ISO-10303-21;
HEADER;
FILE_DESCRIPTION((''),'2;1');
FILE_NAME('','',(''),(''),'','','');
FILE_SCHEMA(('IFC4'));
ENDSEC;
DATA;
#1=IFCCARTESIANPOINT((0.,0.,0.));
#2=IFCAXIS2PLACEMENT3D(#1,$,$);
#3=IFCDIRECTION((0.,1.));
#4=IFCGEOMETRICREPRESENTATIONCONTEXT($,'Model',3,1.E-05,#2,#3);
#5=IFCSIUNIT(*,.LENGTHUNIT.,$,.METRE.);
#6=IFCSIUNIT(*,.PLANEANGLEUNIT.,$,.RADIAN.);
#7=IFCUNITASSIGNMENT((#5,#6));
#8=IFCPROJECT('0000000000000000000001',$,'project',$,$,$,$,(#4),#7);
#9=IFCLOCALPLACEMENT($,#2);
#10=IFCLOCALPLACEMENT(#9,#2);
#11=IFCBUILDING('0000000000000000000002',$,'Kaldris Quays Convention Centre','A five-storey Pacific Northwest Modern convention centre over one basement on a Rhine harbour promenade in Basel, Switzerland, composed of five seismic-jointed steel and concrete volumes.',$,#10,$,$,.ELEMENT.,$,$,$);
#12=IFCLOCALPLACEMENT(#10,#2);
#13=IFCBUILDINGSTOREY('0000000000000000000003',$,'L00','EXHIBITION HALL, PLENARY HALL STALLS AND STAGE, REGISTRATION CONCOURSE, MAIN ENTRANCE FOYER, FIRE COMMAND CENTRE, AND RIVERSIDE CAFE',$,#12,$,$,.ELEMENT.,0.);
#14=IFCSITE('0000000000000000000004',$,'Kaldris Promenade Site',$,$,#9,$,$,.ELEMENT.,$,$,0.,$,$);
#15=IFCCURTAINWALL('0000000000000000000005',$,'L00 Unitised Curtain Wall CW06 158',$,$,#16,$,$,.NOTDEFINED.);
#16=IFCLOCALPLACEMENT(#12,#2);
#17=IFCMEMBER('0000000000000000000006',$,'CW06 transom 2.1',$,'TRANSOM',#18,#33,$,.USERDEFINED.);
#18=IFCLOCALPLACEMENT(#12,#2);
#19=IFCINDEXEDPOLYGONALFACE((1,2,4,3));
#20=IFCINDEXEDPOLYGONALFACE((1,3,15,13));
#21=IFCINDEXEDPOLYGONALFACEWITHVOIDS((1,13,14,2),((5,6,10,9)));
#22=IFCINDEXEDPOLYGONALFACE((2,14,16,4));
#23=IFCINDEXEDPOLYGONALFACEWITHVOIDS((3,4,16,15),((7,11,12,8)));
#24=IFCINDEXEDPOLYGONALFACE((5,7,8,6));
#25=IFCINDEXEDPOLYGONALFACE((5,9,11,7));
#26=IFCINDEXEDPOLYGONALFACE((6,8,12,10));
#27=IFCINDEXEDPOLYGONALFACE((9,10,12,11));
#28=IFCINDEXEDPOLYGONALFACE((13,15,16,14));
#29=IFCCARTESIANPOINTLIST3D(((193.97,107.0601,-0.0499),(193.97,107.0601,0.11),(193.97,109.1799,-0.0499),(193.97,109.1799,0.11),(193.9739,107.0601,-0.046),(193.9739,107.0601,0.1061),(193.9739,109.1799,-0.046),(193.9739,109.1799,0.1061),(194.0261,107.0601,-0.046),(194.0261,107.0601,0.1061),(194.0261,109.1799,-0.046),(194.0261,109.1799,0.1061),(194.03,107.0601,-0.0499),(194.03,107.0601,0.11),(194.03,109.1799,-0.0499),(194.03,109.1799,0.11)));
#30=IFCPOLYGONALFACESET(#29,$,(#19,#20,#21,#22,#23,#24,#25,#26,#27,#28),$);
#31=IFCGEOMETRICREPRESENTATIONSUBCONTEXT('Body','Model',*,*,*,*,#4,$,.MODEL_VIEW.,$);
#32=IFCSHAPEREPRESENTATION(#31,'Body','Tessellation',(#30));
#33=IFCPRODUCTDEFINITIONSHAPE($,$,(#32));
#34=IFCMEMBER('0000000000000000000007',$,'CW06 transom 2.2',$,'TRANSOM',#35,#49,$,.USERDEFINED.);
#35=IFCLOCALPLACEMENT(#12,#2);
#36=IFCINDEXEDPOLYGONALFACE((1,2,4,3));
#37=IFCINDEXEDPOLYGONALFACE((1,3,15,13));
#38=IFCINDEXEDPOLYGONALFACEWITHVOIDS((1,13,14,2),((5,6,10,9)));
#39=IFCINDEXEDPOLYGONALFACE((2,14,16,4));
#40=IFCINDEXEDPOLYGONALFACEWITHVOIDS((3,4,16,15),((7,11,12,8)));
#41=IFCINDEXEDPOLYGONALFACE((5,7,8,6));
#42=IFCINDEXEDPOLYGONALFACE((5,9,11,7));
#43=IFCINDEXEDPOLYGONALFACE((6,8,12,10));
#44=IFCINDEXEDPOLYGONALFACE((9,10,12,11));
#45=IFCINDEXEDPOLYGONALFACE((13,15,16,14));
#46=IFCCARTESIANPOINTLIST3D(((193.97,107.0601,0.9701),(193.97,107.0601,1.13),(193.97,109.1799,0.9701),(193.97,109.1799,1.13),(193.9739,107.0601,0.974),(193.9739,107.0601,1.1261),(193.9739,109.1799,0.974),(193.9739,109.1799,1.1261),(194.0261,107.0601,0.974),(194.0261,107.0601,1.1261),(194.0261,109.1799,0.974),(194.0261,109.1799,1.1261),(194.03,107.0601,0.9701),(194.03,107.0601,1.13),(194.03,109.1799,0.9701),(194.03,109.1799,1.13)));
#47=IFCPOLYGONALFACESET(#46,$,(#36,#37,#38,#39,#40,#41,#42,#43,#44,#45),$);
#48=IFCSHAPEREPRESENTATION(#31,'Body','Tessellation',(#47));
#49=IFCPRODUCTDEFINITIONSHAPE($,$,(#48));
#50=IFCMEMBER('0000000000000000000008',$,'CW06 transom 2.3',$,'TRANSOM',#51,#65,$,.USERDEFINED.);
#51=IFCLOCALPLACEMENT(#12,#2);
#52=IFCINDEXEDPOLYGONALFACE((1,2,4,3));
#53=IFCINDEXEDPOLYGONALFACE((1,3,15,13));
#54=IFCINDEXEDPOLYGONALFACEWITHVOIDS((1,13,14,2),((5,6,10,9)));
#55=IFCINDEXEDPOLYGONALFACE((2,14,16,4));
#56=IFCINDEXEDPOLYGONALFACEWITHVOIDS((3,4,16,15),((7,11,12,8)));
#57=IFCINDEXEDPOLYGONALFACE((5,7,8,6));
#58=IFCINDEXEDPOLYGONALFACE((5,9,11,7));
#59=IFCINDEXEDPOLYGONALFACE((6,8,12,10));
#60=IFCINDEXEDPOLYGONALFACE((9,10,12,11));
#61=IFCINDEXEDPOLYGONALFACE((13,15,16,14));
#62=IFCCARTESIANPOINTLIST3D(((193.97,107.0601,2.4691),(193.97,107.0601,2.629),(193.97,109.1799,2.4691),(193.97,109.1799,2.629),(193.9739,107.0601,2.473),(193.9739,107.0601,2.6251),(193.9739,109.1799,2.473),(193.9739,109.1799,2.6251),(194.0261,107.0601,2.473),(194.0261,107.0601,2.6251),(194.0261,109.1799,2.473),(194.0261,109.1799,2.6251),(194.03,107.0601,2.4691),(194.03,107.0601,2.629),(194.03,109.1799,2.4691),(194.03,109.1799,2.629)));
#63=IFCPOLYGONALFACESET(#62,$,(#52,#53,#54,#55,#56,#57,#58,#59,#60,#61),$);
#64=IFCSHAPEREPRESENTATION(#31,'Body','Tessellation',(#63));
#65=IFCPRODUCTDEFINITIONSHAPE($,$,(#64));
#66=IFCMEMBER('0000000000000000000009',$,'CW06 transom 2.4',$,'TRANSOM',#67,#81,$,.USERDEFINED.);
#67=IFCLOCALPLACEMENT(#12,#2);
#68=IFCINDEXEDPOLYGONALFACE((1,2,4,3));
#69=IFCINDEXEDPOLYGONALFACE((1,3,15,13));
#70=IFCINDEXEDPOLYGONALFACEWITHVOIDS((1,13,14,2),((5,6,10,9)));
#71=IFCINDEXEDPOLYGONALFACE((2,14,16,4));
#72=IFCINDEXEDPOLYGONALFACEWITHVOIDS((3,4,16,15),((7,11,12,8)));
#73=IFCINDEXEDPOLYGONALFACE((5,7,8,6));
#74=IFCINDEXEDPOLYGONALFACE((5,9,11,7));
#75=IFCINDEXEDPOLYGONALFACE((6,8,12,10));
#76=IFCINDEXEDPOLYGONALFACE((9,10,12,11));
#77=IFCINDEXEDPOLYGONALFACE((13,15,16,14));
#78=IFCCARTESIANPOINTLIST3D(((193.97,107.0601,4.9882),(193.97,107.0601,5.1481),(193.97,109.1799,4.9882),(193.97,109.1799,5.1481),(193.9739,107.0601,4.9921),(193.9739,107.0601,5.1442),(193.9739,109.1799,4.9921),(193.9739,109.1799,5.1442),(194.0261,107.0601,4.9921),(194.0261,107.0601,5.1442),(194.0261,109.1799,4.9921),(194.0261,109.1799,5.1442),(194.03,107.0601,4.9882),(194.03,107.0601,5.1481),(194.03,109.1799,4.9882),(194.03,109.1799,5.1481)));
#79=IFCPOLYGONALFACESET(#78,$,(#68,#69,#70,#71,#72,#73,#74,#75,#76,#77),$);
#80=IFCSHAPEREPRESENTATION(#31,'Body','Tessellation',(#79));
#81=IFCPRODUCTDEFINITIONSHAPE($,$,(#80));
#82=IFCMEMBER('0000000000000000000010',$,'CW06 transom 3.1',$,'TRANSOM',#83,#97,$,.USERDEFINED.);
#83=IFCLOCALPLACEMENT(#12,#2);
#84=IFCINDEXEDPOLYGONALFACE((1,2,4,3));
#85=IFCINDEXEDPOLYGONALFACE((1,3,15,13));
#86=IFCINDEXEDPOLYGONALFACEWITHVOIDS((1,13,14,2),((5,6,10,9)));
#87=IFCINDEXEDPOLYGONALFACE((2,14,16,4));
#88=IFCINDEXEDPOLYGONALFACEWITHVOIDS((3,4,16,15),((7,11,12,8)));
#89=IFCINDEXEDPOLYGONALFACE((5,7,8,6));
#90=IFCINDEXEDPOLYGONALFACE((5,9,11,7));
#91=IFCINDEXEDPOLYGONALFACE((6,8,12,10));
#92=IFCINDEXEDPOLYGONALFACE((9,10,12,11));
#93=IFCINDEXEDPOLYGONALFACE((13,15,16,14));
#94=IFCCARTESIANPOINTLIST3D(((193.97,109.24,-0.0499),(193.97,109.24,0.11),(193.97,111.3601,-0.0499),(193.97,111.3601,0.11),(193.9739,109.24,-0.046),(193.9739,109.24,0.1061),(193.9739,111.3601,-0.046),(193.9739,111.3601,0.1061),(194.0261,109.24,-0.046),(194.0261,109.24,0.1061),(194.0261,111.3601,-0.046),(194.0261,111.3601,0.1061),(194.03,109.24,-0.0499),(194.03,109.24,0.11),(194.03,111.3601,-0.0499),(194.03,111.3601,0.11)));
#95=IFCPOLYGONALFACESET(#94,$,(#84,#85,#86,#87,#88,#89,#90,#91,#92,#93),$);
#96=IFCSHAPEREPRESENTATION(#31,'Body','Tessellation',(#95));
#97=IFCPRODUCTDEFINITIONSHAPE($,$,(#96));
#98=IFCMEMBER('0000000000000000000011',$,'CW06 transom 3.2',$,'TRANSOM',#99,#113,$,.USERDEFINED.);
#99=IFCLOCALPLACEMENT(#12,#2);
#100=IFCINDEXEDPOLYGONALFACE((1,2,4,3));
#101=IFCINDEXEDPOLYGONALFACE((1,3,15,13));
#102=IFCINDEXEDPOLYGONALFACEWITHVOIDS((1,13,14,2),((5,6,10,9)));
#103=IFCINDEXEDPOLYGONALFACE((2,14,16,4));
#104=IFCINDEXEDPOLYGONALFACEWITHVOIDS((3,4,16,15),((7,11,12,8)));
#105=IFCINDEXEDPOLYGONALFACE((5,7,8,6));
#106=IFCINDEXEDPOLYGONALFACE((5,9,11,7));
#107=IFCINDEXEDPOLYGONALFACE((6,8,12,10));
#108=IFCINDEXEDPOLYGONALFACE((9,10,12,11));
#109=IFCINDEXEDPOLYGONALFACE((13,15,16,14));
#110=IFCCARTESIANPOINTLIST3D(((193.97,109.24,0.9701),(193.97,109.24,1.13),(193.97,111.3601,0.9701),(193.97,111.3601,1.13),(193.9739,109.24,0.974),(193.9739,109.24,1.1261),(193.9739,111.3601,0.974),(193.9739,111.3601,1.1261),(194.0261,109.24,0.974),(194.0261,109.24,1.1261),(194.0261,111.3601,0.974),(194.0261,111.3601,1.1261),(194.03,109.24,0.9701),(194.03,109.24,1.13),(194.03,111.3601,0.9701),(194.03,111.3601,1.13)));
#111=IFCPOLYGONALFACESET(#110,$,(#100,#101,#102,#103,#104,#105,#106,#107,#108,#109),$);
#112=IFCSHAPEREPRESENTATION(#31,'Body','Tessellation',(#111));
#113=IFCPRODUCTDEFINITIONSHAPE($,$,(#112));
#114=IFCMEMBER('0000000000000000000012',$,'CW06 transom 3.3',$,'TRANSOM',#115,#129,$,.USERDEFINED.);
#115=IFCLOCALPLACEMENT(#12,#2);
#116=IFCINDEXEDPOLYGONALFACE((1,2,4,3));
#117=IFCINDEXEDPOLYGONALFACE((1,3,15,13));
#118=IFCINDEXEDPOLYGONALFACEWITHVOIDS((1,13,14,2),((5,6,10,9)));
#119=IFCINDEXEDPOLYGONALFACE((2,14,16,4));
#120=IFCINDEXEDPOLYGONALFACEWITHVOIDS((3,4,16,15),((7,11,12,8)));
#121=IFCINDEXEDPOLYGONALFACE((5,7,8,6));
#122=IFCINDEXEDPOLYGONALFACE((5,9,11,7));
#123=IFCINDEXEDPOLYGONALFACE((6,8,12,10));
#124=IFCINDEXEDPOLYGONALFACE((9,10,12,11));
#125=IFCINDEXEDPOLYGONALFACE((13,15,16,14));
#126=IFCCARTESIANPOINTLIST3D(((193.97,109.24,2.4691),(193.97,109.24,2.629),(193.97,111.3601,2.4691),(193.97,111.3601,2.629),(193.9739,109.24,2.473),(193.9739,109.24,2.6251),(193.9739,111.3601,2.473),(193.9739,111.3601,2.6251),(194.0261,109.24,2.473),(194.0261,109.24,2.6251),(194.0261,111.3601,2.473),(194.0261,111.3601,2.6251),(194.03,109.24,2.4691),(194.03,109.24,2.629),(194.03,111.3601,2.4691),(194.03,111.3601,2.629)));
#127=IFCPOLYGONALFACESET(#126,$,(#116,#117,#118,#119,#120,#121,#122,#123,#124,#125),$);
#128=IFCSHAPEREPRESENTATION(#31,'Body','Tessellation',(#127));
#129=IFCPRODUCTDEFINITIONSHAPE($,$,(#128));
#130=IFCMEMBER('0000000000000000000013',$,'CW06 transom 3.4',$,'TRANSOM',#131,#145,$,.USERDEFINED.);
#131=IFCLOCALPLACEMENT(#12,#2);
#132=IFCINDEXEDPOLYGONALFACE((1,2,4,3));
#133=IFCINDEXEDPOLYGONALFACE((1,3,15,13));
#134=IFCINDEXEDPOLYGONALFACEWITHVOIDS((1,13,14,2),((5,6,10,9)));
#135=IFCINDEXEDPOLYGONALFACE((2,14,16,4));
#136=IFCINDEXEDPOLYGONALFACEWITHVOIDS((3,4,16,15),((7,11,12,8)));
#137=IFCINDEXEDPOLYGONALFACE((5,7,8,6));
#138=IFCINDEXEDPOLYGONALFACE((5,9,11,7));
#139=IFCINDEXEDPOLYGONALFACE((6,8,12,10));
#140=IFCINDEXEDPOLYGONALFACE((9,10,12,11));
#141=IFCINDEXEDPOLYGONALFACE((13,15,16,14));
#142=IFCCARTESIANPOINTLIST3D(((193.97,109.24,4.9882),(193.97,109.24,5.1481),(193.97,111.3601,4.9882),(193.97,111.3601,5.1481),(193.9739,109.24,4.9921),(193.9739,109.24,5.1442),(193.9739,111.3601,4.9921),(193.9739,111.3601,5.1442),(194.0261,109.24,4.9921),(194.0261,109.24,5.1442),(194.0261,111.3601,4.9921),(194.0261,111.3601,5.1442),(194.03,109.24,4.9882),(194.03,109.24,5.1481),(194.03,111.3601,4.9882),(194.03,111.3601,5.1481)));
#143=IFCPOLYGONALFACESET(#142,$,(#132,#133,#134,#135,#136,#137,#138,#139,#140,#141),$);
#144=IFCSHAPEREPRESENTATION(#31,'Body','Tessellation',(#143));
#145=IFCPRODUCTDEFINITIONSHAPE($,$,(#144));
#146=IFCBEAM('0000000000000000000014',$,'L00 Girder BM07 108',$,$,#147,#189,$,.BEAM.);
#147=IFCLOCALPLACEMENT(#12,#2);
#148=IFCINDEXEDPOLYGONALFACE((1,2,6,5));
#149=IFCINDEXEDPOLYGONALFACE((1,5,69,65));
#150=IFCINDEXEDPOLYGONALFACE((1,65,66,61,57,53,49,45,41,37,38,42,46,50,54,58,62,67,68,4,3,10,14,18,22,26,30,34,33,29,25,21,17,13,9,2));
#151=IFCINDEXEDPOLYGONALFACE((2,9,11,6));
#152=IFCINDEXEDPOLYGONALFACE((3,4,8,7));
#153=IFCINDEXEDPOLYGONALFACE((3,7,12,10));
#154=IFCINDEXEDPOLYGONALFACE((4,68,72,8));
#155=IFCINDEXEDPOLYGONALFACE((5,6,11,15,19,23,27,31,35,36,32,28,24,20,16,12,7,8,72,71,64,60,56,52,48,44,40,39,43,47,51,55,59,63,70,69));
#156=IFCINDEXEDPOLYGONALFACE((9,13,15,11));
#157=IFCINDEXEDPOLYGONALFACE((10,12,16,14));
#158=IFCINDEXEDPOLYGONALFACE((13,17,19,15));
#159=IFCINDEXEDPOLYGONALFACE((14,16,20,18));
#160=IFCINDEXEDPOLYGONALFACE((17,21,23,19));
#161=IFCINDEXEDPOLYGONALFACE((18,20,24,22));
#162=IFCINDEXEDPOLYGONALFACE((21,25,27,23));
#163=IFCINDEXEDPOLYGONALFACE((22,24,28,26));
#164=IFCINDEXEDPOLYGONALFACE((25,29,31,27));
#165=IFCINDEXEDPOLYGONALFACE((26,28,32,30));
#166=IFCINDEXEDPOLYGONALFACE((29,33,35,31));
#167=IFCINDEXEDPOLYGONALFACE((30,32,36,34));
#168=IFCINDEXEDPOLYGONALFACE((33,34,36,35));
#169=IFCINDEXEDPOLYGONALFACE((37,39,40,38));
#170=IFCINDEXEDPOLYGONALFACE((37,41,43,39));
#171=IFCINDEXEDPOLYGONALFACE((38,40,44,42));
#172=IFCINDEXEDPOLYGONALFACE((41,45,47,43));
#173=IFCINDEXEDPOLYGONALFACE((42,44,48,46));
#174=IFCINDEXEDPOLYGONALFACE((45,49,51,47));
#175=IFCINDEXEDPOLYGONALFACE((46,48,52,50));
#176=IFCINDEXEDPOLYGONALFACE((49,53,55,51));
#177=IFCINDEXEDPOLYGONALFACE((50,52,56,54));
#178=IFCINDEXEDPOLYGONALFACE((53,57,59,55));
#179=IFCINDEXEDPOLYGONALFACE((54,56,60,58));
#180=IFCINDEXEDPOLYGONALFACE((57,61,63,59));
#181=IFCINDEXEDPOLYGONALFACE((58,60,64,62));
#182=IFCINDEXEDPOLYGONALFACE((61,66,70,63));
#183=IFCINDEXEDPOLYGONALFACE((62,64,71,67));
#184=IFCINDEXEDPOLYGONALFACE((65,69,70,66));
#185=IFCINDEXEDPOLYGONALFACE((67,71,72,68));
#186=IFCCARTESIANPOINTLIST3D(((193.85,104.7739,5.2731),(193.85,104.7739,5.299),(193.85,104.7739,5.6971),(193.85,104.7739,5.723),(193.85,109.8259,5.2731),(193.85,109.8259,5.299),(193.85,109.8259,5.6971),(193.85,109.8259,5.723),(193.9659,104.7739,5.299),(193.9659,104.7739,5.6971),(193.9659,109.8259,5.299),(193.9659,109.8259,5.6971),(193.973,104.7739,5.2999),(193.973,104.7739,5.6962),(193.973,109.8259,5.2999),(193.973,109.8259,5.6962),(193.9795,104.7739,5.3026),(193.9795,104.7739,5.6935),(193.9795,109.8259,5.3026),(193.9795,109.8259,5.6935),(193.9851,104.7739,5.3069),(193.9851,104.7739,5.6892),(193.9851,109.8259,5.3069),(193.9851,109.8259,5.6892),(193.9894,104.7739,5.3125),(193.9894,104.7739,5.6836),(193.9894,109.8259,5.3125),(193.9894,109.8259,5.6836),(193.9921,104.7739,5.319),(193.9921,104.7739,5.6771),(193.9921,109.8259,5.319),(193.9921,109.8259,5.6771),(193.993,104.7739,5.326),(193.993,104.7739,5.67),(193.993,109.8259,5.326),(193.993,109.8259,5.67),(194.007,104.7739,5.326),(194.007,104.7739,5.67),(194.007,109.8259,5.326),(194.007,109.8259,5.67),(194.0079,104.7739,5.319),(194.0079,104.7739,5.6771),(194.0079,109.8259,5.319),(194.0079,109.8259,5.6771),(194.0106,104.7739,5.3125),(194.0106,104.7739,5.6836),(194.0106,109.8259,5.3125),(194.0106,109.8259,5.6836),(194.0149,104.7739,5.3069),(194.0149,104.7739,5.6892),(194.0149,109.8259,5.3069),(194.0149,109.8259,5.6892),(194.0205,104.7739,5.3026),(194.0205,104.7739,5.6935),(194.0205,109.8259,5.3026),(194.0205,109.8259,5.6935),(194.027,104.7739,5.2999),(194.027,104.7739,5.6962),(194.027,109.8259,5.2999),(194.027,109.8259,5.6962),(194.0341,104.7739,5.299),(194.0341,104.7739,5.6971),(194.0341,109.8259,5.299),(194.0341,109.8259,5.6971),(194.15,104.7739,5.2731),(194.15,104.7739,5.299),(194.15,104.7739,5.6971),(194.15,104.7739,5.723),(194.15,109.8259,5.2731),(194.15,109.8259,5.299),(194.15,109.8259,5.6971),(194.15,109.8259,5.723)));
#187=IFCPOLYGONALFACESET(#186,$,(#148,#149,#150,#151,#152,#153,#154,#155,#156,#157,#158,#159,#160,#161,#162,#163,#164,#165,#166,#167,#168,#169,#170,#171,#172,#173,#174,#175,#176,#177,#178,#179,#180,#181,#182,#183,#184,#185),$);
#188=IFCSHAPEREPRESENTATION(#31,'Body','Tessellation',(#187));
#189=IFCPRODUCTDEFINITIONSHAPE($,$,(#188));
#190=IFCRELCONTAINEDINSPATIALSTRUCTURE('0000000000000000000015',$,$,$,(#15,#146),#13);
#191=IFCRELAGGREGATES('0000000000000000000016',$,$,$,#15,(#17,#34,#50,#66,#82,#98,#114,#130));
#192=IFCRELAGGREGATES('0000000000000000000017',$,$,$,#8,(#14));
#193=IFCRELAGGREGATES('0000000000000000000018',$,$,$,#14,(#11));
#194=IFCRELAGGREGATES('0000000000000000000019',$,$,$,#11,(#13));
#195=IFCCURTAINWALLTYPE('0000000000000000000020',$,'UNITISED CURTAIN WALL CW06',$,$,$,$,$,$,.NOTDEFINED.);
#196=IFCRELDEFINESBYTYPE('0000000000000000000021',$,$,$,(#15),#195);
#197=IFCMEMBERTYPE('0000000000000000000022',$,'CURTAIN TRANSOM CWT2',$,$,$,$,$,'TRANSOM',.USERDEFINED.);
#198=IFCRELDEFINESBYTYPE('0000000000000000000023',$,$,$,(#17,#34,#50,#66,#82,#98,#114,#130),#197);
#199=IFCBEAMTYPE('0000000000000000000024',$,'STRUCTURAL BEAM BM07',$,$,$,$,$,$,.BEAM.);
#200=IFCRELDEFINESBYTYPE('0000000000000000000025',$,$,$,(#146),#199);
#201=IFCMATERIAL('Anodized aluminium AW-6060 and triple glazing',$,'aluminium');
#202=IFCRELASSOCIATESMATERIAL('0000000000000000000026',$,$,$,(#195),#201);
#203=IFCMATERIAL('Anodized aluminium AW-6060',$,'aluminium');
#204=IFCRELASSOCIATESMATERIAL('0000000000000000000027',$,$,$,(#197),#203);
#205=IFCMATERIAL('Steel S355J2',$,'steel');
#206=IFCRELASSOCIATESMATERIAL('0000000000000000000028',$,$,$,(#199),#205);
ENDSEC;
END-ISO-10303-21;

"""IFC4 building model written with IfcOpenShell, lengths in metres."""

from ifc_helpers import new_model, si_unit, direction, frame, origin, origin_2d, place, context, subcontext, project, spatial, hollow_rectangle, i_section, extrude, material, material_profile, profile_set, type_object, element, aggregate, save


model = new_model("IFC4")

# Units and contexts
model_context = context("Model", 3, precision=1e-05, world=origin(), true_north=direction((0.0, 1.0)))
body_context = subcontext(model_context, "Body", "Model", "MODEL_VIEW")
ifc_project = project(units=[si_unit("LENGTHUNIT", "METRE"), si_unit("PLANEANGLEUNIT", "RADIAN")], contexts=[model_context])

# Site, building, storey
site_placement = place(None, origin())
site = spatial("IfcSite", under=ifc_project, at=site_placement, Name="Kaldris Promenade Site", CompositionType="ELEMENT", RefElevation=0.0)
building_placement = place(site_placement, origin())
building = spatial("IfcBuilding", under=site, at=building_placement, Name="Kaldris Quays Convention Centre", Description="A five-storey Pacific Northwest Modern convention centre over one basement on a Rhine harbour promenade in Basel, Switzerland, composed of five seismic-jointed steel and concrete volumes.", CompositionType="ELEMENT")
storey_placement = place(building_placement, origin())
storey = spatial("IfcBuildingStorey", under=building, at=storey_placement, Name="L00", Description="EXHIBITION HALL, PLENARY HALL STALLS AND STAGE, REGISTRATION CONCOURSE, MAIN ENTRANCE FOYER, FIRE COMMAND CENTRE, AND RIVERSIDE CAFE", CompositionType="ELEMENT", Elevation=0.0)

# Shared definitions
ifc_material_1 = material(Name="Steel S355J2", Category="steel")

# Shared definitions
ifc_material_2 = material(Name="Anodized aluminium AW-6060 and triple glazing", Category="aluminium")
curtain_wall_type = type_object("IfcCurtainWallType", Name="UNITISED CURTAIN WALL CW06", PredefinedType="NOTDEFINED", material=ifc_material_2)
ifc_material_3 = material(Name="Anodized aluminium AW-6060", Category="aluminium")

# Curtain wall, members
curtain_wall_1_placement = place(storey_placement, origin())
curtain_wall_1 = element("IfcCurtainWall", 1, at=curtain_wall_1_placement, inside=storey, type_object=curtain_wall_type, Name="L00 Unitised Curtain Wall CW06 158", PredefinedType="NOTDEFINED")
ifc_material_profile_1 = material_profile(ifc_material_3, hollow_rectangle(XDim=0.0601, YDim=0.1599, WallThickness=0.0039, at=origin_2d()), Name="RHS 160x60x4")
ifc_profile_set_1 = profile_set([ifc_material_profile_1], Name="Anodized aluminium AW-6060")
member_type_1 = type_object("IfcMemberType", Name="CURTAIN TRANSOM CWT2", ElementType="TRANSOM", PredefinedType="USERDEFINED", material=ifc_profile_set_1)
member_1_placement = place(storey_placement, frame((194.0, 107.0601, 0.03), z_axis=(0.0, 1.0, 0.0), x_axis=(-1.0, 0.0, 0.0)))
member_1 = element("IfcMember", 2, at=member_1_placement, type_object=member_type_1, Name="CW06 transom 2.1", ObjectType="TRANSOM", PredefinedType="USERDEFINED", context=body_context, shape_type="SweptSolid", body=[
    extrude(hollow_rectangle(XDim=0.0601, YDim=0.1599, WallThickness=0.0039, at=origin_2d()), origin(), (0.0, 0.0, 1.0), 2.1199),
])
member_2_placement = place(storey_placement, frame((194.0, 107.0601, 1.05), z_axis=(0.0, 1.0, 0.0), x_axis=(-1.0, 0.0, 0.0)))
member_2 = element("IfcMember", 3, at=member_2_placement, type_object=member_type_1, Name="CW06 transom 2.2", ObjectType="TRANSOM", PredefinedType="USERDEFINED", context=body_context, shape_type="SweptSolid", body=[
    extrude(hollow_rectangle(XDim=0.0601, YDim=0.1599, WallThickness=0.0039, at=origin_2d()), origin(), (0.0, 0.0, 1.0), 2.1199),
])
member_3_placement = place(storey_placement, frame((194.0, 107.0601, 2.5491), z_axis=(0.0, 1.0, 0.0), x_axis=(-1.0, 0.0, 0.0)))
member_3 = element("IfcMember", 4, at=member_3_placement, type_object=member_type_1, Name="CW06 transom 2.3", ObjectType="TRANSOM", PredefinedType="USERDEFINED", context=body_context, shape_type="SweptSolid", body=[
    extrude(hollow_rectangle(XDim=0.0601, YDim=0.1599, WallThickness=0.0039, at=origin_2d()), origin(), (0.0, 0.0, 1.0), 2.1199),
])
member_4_placement = place(storey_placement, frame((194.0, 107.0601, 5.0681), z_axis=(0.0, 1.0, 0.0), x_axis=(-1.0, 0.0, 0.0)))
member_4 = element("IfcMember", 5, at=member_4_placement, type_object=member_type_1, Name="CW06 transom 2.4", ObjectType="TRANSOM", PredefinedType="USERDEFINED", context=body_context, shape_type="SweptSolid", body=[
    extrude(hollow_rectangle(XDim=0.0601, YDim=0.1599, WallThickness=0.0039, at=origin_2d()), origin(), (0.0, 0.0, 1.0), 2.1199),
])
member_5_placement = place(storey_placement, frame((194.0, 109.24, 0.03), z_axis=(0.0, 1.0, 0.0), x_axis=(-1.0, 0.0, 0.0)))
member_5 = element("IfcMember", 6, at=member_5_placement, type_object=member_type_1, Name="CW06 transom 3.1", ObjectType="TRANSOM", PredefinedType="USERDEFINED", context=body_context, shape_type="SweptSolid", body=[
    extrude(hollow_rectangle(XDim=0.0601, YDim=0.1599, WallThickness=0.0039, at=origin_2d()), origin(), (0.0, 0.0, 1.0), 2.1201),
])
member_6_placement = place(storey_placement, frame((194.0, 109.24, 1.05), z_axis=(0.0, 1.0, 0.0), x_axis=(-1.0, 0.0, 0.0)))
member_6 = element("IfcMember", 7, at=member_6_placement, type_object=member_type_1, Name="CW06 transom 3.2", ObjectType="TRANSOM", PredefinedType="USERDEFINED", context=body_context, shape_type="SweptSolid", body=[
    extrude(hollow_rectangle(XDim=0.0601, YDim=0.1599, WallThickness=0.0039, at=origin_2d()), origin(), (0.0, 0.0, 1.0), 2.1201),
])
member_7_placement = place(storey_placement, frame((194.0, 109.24, 2.5491), z_axis=(0.0, 1.0, 0.0), x_axis=(-1.0, 0.0, 0.0)))
member_7 = element("IfcMember", 8, at=member_7_placement, type_object=member_type_1, Name="CW06 transom 3.3", ObjectType="TRANSOM", PredefinedType="USERDEFINED", context=body_context, shape_type="SweptSolid", body=[
    extrude(hollow_rectangle(XDim=0.0601, YDim=0.1599, WallThickness=0.0039, at=origin_2d()), origin(), (0.0, 0.0, 1.0), 2.1201),
])
member_8_placement = place(storey_placement, frame((194.0, 109.24, 5.0681), z_axis=(0.0, 1.0, 0.0), x_axis=(-1.0, 0.0, 0.0)))
member_8 = element("IfcMember", 9, at=member_8_placement, type_object=member_type_1, Name="CW06 transom 3.4", ObjectType="TRANSOM", PredefinedType="USERDEFINED", context=body_context, shape_type="SweptSolid", body=[
    extrude(hollow_rectangle(XDim=0.0601, YDim=0.1599, WallThickness=0.0039, at=origin_2d()), origin(), (0.0, 0.0, 1.0), 2.1201),
])

# Beam
ifc_material_profile_2 = material_profile(ifc_material_1, i_section(OverallWidth=0.3, OverallDepth=0.45, WebThickness=0.0139, FlangeThickness=0.0259, FilletRadius=0.0271, at=origin_2d()), Name="HEB 450")
ifc_profile_set_2 = profile_set([ifc_material_profile_2], Name="Steel S355J2")
beam_type = type_object("IfcBeamType", Name="STRUCTURAL BEAM BM07", PredefinedType="BEAM", material=ifc_profile_set_2)
beam_placement = place(storey_placement, frame((194.0, 104.7739, 5.498), z_axis=(0.0, 1.0, 0.0), x_axis=(-1.0, 0.0, 0.0)))
element("IfcBeam", 10, at=beam_placement, inside=storey, type_object=beam_type, Name="L00 Girder BM07 108", PredefinedType="BEAM", context=body_context, shape_type="SweptSolid", body=[
    extrude(i_section(OverallWidth=0.3, OverallDepth=0.45, WebThickness=0.0139, FlangeThickness=0.0259, FilletRadius=0.0271, at=origin_2d()), origin(), (0.0, 0.0, 1.0), 5.052),
])

aggregate(curtain_wall_1, [member_1, member_2, member_3, member_4, member_5, member_6, member_7, member_8])

save(model, "model.ifc")
